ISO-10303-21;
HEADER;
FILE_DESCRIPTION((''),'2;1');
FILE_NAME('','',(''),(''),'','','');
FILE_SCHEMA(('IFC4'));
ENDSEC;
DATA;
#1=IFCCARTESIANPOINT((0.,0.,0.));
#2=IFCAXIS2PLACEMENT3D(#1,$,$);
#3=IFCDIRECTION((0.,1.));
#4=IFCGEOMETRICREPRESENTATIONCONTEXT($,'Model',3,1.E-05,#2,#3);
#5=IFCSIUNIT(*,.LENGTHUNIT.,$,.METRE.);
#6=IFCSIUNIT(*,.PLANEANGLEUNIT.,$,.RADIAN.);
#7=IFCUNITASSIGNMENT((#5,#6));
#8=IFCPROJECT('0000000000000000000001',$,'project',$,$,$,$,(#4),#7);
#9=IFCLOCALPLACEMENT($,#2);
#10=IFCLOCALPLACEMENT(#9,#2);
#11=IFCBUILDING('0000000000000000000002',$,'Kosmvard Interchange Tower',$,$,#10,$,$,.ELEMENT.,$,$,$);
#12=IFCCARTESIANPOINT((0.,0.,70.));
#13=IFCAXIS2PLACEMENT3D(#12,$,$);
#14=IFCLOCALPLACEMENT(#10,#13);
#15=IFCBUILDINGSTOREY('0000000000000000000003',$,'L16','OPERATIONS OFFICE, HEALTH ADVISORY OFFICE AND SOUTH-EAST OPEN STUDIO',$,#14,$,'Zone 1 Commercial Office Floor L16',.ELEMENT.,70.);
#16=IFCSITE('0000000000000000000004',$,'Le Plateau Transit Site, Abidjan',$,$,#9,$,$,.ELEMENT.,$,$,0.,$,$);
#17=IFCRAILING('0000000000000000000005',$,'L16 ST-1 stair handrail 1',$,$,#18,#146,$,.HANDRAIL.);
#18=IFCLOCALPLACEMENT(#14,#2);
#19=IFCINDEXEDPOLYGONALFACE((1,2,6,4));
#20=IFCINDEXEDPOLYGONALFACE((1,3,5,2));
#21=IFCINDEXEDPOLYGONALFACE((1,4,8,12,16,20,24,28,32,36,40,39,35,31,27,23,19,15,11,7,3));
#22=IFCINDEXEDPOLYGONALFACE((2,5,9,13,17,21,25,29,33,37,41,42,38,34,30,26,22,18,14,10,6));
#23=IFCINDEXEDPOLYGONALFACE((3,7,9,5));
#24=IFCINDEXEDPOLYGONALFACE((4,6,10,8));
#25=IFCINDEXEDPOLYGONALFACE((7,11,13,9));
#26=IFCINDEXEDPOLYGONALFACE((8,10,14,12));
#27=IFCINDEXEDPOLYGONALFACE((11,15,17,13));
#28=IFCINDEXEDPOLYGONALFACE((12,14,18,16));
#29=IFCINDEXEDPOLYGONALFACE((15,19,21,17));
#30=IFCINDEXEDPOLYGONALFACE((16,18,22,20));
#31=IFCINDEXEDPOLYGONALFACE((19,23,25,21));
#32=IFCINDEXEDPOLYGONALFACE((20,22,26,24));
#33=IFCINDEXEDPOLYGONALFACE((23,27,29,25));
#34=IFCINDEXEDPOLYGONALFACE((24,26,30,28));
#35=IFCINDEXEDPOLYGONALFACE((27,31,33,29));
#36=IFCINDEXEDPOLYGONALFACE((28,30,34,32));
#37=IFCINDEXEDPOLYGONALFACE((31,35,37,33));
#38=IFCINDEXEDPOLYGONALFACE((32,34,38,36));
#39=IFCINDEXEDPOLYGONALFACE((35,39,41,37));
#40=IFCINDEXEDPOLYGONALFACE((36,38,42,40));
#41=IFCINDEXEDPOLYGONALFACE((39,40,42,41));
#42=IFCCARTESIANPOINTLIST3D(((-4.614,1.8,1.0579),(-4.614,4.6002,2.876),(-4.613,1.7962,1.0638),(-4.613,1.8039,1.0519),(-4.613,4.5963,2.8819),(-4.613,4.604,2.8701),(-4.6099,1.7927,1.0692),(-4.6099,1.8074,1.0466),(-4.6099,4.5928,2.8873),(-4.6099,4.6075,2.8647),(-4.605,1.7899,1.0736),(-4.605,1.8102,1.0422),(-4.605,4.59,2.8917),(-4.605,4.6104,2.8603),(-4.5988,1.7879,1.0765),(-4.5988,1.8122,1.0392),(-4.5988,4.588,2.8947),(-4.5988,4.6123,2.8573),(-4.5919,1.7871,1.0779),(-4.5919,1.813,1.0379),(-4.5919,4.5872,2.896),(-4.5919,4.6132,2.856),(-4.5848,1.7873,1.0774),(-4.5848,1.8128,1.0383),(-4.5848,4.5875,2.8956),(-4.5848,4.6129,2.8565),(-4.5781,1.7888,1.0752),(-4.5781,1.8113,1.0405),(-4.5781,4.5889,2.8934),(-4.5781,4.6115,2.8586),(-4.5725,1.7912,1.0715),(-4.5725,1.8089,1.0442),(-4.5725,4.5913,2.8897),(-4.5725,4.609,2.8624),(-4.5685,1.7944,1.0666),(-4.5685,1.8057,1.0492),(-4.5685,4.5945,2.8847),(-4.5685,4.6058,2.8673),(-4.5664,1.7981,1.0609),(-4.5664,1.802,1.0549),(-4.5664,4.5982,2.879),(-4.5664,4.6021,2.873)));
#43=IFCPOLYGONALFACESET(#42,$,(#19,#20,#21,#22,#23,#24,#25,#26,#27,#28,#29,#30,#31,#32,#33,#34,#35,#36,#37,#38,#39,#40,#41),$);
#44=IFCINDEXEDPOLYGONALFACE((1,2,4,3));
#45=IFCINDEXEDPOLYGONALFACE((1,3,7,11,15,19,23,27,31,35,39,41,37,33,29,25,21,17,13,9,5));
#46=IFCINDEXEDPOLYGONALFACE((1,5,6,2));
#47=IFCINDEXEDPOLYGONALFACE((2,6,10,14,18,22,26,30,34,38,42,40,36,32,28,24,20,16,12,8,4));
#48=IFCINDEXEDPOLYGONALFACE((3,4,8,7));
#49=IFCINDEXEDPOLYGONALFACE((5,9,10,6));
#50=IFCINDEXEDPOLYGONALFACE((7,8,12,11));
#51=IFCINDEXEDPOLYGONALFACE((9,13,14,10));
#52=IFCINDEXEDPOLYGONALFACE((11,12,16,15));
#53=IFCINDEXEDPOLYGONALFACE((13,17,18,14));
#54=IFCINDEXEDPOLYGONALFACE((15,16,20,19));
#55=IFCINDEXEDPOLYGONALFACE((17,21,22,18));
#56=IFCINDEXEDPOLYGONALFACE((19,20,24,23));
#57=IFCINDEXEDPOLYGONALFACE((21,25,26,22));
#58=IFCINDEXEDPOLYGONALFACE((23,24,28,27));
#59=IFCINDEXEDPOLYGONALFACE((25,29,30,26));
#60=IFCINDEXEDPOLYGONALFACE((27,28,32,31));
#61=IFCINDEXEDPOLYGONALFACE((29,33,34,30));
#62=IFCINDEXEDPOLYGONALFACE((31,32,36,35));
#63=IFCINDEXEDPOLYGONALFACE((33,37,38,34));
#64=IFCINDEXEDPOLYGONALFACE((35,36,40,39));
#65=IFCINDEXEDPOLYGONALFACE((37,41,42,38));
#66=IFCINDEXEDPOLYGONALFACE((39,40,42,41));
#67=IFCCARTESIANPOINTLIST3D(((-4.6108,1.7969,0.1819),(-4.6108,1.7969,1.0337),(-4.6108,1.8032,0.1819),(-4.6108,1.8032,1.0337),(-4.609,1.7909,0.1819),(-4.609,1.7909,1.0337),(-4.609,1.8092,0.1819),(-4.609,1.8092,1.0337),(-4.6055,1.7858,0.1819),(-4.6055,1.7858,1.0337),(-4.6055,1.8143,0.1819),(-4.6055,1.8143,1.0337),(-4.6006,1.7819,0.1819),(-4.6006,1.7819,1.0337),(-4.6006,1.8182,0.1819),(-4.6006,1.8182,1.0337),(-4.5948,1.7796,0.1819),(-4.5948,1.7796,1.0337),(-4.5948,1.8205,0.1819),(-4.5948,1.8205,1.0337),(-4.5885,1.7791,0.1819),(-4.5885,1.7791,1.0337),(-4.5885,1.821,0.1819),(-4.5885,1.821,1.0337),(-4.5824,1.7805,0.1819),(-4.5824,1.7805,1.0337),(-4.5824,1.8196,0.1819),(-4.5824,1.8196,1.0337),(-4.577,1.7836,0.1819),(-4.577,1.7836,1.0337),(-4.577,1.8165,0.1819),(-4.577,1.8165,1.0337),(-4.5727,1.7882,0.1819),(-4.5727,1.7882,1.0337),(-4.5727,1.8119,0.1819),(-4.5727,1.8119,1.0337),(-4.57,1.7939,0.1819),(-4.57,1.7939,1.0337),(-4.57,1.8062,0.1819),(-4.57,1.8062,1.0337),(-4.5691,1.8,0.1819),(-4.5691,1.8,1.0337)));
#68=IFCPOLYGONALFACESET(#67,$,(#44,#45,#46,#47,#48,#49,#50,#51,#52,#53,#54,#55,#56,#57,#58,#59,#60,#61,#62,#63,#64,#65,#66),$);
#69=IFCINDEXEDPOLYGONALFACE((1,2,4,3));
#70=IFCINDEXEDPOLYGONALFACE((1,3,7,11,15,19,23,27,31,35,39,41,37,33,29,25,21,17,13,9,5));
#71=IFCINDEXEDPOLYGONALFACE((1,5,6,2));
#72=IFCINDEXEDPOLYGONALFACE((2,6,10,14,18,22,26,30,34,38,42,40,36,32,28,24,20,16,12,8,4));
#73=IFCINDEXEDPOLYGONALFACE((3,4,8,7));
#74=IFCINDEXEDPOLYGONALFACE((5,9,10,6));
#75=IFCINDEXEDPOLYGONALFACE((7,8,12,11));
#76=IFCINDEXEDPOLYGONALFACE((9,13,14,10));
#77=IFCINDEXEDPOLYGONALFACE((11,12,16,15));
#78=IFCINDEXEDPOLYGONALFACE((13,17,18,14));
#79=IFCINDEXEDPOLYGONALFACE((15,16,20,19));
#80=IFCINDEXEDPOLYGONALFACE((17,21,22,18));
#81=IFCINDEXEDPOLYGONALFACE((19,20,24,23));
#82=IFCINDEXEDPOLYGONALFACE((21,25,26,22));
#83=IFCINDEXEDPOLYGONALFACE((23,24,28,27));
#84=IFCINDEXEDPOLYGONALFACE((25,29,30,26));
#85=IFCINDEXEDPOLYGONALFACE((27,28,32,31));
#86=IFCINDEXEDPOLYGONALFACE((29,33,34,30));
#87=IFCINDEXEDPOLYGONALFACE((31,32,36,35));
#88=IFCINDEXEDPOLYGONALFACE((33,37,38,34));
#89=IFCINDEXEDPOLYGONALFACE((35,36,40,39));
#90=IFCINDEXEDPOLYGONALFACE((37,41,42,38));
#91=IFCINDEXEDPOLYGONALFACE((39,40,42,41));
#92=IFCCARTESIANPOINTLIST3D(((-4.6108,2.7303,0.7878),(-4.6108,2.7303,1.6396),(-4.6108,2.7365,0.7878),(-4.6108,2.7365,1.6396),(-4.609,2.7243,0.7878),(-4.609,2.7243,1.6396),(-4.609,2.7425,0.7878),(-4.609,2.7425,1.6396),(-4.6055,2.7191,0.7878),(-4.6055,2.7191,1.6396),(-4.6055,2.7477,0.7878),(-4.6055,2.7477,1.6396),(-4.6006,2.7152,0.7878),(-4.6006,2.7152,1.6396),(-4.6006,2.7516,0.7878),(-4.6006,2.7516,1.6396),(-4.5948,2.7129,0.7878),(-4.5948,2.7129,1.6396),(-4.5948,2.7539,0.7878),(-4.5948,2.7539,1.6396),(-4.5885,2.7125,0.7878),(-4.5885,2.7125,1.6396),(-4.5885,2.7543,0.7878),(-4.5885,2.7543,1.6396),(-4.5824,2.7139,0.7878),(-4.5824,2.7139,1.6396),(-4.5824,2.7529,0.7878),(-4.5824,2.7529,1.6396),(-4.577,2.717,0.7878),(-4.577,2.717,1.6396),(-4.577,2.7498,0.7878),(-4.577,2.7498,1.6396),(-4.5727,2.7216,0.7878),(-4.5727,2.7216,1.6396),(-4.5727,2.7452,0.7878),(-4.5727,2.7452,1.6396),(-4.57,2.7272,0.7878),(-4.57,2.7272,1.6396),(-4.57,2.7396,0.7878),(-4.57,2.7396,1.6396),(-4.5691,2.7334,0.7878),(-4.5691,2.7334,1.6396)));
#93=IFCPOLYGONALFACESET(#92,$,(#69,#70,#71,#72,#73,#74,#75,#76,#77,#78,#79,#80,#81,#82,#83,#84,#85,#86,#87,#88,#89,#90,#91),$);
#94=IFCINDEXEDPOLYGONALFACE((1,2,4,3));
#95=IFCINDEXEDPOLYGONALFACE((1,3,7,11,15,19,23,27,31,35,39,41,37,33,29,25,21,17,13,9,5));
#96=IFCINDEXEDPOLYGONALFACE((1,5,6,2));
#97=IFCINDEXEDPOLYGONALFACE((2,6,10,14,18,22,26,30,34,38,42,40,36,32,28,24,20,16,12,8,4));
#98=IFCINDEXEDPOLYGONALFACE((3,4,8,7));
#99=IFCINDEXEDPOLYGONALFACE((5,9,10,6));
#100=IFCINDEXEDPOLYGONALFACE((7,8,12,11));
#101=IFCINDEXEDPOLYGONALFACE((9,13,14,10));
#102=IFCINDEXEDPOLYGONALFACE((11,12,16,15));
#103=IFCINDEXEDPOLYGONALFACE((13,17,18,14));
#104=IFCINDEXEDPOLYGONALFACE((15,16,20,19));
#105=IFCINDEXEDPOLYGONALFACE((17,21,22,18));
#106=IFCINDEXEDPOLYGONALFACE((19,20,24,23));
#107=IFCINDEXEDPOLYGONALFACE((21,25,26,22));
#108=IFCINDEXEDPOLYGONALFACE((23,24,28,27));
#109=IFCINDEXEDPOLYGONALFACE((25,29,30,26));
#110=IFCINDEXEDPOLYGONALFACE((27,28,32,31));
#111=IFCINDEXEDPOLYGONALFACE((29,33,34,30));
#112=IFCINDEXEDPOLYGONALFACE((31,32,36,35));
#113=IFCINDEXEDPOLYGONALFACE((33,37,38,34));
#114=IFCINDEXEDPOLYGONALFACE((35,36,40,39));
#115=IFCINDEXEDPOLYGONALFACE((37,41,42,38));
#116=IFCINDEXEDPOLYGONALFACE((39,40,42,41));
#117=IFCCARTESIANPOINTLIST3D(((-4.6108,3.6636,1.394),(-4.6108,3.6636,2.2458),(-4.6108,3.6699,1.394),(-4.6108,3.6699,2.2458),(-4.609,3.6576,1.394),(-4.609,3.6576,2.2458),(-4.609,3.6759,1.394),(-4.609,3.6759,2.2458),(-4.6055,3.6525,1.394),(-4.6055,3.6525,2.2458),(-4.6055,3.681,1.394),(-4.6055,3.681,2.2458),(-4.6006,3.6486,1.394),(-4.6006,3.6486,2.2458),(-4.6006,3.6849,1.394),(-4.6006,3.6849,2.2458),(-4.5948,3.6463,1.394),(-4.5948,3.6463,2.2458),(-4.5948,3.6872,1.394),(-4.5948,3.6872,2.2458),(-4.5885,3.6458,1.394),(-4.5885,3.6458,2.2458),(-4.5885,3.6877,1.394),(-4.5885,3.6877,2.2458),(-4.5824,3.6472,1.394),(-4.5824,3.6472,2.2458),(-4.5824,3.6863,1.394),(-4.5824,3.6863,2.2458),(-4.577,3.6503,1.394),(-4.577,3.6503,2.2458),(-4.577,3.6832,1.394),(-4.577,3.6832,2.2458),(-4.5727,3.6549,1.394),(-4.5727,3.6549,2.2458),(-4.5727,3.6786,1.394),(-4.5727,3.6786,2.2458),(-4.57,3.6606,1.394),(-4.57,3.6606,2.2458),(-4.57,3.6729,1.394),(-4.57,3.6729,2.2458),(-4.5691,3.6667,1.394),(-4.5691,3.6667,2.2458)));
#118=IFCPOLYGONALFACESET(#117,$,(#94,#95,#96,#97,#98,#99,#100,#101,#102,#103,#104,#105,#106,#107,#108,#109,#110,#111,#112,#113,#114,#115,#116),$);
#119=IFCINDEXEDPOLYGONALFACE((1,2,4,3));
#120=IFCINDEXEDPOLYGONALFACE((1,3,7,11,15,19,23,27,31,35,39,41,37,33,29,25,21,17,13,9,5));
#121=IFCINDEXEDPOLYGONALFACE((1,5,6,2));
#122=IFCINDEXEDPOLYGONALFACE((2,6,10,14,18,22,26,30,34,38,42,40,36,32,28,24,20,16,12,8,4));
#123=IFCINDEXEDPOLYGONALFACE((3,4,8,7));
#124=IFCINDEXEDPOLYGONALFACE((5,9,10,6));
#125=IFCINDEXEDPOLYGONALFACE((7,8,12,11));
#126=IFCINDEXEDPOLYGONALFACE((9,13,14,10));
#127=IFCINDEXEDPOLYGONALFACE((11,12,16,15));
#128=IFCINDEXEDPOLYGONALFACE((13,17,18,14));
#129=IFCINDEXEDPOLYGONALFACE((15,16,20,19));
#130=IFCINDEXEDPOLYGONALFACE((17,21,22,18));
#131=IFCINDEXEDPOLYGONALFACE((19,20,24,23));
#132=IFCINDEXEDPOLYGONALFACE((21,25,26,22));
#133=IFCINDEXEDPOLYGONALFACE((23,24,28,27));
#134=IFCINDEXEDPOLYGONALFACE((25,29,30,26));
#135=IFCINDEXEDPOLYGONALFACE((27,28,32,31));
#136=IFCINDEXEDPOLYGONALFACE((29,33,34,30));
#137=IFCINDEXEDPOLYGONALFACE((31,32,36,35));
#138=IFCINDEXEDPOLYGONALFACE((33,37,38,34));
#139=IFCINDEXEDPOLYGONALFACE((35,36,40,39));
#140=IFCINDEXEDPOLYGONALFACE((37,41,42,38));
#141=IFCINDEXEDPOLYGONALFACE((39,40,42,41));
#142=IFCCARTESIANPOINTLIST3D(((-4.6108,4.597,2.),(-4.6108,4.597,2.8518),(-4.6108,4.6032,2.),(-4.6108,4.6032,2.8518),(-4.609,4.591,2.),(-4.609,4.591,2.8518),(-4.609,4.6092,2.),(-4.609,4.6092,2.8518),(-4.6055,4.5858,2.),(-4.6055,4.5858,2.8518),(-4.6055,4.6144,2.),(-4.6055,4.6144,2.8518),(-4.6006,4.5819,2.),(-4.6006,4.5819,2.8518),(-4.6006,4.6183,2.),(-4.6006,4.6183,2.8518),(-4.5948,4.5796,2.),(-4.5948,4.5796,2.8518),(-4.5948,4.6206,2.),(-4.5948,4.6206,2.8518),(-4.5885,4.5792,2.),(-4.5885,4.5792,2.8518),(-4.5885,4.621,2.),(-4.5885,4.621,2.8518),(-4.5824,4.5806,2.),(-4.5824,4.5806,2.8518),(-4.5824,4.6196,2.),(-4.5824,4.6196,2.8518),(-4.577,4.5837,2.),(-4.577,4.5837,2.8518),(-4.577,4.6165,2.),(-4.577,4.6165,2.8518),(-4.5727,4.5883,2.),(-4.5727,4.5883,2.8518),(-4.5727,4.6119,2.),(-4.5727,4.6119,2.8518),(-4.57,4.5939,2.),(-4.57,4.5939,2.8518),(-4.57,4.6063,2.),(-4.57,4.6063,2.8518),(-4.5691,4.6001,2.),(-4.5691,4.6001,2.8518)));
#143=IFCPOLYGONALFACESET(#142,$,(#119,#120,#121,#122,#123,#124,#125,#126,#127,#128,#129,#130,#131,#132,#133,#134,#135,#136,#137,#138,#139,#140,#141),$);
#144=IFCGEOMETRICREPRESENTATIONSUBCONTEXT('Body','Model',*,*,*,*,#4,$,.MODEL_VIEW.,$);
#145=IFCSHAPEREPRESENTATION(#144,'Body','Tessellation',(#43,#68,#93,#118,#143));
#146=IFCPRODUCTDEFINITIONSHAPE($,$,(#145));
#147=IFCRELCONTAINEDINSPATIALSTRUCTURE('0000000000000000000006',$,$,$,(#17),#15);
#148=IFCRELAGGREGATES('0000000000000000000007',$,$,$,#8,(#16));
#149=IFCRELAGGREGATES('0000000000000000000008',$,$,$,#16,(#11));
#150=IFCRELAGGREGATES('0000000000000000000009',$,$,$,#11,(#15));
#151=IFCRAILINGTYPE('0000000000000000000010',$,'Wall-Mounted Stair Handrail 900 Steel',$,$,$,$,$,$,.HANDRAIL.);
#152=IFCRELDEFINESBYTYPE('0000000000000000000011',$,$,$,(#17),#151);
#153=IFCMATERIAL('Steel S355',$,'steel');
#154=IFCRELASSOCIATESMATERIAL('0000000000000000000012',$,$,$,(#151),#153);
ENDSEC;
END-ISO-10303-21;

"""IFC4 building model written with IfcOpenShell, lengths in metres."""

from ifc_helpers import new_model, si_unit, direction, frame, origin, origin_2d, place, context, subcontext, project, spatial, circle, extrude, source, transform, mapped, material, type_object, element, save


model = new_model("IFC4")

# Units and contexts
model_context = context("Model", 3, precision=1e-05, world=origin(), true_north=direction((0.0, 1.0)))
body_context = subcontext(model_context, "Body", "Model", "MODEL_VIEW")
ifc_project = project(units=[si_unit("LENGTHUNIT", "METRE"), si_unit("PLANEANGLEUNIT", "RADIAN")], contexts=[model_context])

# Site, building, storey
site_placement = place(None, origin())
site = spatial("IfcSite", under=ifc_project, at=site_placement, Name="Le Plateau Transit Site, Abidjan", CompositionType="ELEMENT", RefElevation=0.0)
building_placement = place(site_placement, origin())
building = spatial("IfcBuilding", under=site, at=building_placement, Name="Kosmvard Interchange Tower", CompositionType="ELEMENT")
storey_placement = place(building_placement, frame((0.0, 0.0, 70.0)))
storey = spatial("IfcBuildingStorey", under=building, at=storey_placement, Name="L16", Description="OPERATIONS OFFICE, HEALTH ADVISORY OFFICE AND SOUTH-EAST OPEN STUDIO", LongName="Zone 1 Commercial Office Floor L16", CompositionType="ELEMENT", Elevation=70.0)

# Shared definitions
ifc_material_1 = material(Name="Steel S355", Category="steel")

# Railing
railing_type_1 = type_object("IfcRailingType", Name="Wall-Mounted Stair Handrail 900 Steel", PredefinedType="HANDRAIL", material=ifc_material_1)
shared_shape_1 = source(origin(), body_context, "Body", "SweptSolid", [
    extrude(circle(Radius=0.0239, at=origin_2d()), frame((0.0, 0.0, 0.876), z_axis=(0.0, 0.838706, 0.544585), x_axis=(-1.0, 0.0, 0.0)), (0.0, 0.0, 1.0), 3.3386),
    extrude(circle(Radius=0.021, at=origin_2d()), origin(), (0.0, 0.0, 1.0), 0.8518),
    extrude(circle(Radius=0.021, at=origin_2d()), frame((0.0, 0.9333, 0.606)), (0.0, 0.0, 1.0), 0.8518),
    extrude(circle(Radius=0.021, at=origin_2d()), frame((0.0, 1.8667, 1.2122)), (0.0, 0.0, 1.0), 0.8518),
    extrude(circle(Radius=0.021, at=origin_2d()), frame((0.0, 2.8, 1.8181)), (0.0, 0.0, 1.0), 0.8518),
])
railing_1_placement = place(storey_placement, frame((-4.5901, 1.8, 0.1819)))
element("IfcRailing", 1, at=railing_1_placement, inside=storey, type_object=railing_type_1, Name="L16 ST-1 stair handrail 1", PredefinedType="HANDRAIL", context=body_context, shape_type="MappedRepresentation", body=[
    mapped(shared_shape_1, transform((0.0, 0.0, 0.0), scale=1.0)),
])

save(model, "model.ifc")
